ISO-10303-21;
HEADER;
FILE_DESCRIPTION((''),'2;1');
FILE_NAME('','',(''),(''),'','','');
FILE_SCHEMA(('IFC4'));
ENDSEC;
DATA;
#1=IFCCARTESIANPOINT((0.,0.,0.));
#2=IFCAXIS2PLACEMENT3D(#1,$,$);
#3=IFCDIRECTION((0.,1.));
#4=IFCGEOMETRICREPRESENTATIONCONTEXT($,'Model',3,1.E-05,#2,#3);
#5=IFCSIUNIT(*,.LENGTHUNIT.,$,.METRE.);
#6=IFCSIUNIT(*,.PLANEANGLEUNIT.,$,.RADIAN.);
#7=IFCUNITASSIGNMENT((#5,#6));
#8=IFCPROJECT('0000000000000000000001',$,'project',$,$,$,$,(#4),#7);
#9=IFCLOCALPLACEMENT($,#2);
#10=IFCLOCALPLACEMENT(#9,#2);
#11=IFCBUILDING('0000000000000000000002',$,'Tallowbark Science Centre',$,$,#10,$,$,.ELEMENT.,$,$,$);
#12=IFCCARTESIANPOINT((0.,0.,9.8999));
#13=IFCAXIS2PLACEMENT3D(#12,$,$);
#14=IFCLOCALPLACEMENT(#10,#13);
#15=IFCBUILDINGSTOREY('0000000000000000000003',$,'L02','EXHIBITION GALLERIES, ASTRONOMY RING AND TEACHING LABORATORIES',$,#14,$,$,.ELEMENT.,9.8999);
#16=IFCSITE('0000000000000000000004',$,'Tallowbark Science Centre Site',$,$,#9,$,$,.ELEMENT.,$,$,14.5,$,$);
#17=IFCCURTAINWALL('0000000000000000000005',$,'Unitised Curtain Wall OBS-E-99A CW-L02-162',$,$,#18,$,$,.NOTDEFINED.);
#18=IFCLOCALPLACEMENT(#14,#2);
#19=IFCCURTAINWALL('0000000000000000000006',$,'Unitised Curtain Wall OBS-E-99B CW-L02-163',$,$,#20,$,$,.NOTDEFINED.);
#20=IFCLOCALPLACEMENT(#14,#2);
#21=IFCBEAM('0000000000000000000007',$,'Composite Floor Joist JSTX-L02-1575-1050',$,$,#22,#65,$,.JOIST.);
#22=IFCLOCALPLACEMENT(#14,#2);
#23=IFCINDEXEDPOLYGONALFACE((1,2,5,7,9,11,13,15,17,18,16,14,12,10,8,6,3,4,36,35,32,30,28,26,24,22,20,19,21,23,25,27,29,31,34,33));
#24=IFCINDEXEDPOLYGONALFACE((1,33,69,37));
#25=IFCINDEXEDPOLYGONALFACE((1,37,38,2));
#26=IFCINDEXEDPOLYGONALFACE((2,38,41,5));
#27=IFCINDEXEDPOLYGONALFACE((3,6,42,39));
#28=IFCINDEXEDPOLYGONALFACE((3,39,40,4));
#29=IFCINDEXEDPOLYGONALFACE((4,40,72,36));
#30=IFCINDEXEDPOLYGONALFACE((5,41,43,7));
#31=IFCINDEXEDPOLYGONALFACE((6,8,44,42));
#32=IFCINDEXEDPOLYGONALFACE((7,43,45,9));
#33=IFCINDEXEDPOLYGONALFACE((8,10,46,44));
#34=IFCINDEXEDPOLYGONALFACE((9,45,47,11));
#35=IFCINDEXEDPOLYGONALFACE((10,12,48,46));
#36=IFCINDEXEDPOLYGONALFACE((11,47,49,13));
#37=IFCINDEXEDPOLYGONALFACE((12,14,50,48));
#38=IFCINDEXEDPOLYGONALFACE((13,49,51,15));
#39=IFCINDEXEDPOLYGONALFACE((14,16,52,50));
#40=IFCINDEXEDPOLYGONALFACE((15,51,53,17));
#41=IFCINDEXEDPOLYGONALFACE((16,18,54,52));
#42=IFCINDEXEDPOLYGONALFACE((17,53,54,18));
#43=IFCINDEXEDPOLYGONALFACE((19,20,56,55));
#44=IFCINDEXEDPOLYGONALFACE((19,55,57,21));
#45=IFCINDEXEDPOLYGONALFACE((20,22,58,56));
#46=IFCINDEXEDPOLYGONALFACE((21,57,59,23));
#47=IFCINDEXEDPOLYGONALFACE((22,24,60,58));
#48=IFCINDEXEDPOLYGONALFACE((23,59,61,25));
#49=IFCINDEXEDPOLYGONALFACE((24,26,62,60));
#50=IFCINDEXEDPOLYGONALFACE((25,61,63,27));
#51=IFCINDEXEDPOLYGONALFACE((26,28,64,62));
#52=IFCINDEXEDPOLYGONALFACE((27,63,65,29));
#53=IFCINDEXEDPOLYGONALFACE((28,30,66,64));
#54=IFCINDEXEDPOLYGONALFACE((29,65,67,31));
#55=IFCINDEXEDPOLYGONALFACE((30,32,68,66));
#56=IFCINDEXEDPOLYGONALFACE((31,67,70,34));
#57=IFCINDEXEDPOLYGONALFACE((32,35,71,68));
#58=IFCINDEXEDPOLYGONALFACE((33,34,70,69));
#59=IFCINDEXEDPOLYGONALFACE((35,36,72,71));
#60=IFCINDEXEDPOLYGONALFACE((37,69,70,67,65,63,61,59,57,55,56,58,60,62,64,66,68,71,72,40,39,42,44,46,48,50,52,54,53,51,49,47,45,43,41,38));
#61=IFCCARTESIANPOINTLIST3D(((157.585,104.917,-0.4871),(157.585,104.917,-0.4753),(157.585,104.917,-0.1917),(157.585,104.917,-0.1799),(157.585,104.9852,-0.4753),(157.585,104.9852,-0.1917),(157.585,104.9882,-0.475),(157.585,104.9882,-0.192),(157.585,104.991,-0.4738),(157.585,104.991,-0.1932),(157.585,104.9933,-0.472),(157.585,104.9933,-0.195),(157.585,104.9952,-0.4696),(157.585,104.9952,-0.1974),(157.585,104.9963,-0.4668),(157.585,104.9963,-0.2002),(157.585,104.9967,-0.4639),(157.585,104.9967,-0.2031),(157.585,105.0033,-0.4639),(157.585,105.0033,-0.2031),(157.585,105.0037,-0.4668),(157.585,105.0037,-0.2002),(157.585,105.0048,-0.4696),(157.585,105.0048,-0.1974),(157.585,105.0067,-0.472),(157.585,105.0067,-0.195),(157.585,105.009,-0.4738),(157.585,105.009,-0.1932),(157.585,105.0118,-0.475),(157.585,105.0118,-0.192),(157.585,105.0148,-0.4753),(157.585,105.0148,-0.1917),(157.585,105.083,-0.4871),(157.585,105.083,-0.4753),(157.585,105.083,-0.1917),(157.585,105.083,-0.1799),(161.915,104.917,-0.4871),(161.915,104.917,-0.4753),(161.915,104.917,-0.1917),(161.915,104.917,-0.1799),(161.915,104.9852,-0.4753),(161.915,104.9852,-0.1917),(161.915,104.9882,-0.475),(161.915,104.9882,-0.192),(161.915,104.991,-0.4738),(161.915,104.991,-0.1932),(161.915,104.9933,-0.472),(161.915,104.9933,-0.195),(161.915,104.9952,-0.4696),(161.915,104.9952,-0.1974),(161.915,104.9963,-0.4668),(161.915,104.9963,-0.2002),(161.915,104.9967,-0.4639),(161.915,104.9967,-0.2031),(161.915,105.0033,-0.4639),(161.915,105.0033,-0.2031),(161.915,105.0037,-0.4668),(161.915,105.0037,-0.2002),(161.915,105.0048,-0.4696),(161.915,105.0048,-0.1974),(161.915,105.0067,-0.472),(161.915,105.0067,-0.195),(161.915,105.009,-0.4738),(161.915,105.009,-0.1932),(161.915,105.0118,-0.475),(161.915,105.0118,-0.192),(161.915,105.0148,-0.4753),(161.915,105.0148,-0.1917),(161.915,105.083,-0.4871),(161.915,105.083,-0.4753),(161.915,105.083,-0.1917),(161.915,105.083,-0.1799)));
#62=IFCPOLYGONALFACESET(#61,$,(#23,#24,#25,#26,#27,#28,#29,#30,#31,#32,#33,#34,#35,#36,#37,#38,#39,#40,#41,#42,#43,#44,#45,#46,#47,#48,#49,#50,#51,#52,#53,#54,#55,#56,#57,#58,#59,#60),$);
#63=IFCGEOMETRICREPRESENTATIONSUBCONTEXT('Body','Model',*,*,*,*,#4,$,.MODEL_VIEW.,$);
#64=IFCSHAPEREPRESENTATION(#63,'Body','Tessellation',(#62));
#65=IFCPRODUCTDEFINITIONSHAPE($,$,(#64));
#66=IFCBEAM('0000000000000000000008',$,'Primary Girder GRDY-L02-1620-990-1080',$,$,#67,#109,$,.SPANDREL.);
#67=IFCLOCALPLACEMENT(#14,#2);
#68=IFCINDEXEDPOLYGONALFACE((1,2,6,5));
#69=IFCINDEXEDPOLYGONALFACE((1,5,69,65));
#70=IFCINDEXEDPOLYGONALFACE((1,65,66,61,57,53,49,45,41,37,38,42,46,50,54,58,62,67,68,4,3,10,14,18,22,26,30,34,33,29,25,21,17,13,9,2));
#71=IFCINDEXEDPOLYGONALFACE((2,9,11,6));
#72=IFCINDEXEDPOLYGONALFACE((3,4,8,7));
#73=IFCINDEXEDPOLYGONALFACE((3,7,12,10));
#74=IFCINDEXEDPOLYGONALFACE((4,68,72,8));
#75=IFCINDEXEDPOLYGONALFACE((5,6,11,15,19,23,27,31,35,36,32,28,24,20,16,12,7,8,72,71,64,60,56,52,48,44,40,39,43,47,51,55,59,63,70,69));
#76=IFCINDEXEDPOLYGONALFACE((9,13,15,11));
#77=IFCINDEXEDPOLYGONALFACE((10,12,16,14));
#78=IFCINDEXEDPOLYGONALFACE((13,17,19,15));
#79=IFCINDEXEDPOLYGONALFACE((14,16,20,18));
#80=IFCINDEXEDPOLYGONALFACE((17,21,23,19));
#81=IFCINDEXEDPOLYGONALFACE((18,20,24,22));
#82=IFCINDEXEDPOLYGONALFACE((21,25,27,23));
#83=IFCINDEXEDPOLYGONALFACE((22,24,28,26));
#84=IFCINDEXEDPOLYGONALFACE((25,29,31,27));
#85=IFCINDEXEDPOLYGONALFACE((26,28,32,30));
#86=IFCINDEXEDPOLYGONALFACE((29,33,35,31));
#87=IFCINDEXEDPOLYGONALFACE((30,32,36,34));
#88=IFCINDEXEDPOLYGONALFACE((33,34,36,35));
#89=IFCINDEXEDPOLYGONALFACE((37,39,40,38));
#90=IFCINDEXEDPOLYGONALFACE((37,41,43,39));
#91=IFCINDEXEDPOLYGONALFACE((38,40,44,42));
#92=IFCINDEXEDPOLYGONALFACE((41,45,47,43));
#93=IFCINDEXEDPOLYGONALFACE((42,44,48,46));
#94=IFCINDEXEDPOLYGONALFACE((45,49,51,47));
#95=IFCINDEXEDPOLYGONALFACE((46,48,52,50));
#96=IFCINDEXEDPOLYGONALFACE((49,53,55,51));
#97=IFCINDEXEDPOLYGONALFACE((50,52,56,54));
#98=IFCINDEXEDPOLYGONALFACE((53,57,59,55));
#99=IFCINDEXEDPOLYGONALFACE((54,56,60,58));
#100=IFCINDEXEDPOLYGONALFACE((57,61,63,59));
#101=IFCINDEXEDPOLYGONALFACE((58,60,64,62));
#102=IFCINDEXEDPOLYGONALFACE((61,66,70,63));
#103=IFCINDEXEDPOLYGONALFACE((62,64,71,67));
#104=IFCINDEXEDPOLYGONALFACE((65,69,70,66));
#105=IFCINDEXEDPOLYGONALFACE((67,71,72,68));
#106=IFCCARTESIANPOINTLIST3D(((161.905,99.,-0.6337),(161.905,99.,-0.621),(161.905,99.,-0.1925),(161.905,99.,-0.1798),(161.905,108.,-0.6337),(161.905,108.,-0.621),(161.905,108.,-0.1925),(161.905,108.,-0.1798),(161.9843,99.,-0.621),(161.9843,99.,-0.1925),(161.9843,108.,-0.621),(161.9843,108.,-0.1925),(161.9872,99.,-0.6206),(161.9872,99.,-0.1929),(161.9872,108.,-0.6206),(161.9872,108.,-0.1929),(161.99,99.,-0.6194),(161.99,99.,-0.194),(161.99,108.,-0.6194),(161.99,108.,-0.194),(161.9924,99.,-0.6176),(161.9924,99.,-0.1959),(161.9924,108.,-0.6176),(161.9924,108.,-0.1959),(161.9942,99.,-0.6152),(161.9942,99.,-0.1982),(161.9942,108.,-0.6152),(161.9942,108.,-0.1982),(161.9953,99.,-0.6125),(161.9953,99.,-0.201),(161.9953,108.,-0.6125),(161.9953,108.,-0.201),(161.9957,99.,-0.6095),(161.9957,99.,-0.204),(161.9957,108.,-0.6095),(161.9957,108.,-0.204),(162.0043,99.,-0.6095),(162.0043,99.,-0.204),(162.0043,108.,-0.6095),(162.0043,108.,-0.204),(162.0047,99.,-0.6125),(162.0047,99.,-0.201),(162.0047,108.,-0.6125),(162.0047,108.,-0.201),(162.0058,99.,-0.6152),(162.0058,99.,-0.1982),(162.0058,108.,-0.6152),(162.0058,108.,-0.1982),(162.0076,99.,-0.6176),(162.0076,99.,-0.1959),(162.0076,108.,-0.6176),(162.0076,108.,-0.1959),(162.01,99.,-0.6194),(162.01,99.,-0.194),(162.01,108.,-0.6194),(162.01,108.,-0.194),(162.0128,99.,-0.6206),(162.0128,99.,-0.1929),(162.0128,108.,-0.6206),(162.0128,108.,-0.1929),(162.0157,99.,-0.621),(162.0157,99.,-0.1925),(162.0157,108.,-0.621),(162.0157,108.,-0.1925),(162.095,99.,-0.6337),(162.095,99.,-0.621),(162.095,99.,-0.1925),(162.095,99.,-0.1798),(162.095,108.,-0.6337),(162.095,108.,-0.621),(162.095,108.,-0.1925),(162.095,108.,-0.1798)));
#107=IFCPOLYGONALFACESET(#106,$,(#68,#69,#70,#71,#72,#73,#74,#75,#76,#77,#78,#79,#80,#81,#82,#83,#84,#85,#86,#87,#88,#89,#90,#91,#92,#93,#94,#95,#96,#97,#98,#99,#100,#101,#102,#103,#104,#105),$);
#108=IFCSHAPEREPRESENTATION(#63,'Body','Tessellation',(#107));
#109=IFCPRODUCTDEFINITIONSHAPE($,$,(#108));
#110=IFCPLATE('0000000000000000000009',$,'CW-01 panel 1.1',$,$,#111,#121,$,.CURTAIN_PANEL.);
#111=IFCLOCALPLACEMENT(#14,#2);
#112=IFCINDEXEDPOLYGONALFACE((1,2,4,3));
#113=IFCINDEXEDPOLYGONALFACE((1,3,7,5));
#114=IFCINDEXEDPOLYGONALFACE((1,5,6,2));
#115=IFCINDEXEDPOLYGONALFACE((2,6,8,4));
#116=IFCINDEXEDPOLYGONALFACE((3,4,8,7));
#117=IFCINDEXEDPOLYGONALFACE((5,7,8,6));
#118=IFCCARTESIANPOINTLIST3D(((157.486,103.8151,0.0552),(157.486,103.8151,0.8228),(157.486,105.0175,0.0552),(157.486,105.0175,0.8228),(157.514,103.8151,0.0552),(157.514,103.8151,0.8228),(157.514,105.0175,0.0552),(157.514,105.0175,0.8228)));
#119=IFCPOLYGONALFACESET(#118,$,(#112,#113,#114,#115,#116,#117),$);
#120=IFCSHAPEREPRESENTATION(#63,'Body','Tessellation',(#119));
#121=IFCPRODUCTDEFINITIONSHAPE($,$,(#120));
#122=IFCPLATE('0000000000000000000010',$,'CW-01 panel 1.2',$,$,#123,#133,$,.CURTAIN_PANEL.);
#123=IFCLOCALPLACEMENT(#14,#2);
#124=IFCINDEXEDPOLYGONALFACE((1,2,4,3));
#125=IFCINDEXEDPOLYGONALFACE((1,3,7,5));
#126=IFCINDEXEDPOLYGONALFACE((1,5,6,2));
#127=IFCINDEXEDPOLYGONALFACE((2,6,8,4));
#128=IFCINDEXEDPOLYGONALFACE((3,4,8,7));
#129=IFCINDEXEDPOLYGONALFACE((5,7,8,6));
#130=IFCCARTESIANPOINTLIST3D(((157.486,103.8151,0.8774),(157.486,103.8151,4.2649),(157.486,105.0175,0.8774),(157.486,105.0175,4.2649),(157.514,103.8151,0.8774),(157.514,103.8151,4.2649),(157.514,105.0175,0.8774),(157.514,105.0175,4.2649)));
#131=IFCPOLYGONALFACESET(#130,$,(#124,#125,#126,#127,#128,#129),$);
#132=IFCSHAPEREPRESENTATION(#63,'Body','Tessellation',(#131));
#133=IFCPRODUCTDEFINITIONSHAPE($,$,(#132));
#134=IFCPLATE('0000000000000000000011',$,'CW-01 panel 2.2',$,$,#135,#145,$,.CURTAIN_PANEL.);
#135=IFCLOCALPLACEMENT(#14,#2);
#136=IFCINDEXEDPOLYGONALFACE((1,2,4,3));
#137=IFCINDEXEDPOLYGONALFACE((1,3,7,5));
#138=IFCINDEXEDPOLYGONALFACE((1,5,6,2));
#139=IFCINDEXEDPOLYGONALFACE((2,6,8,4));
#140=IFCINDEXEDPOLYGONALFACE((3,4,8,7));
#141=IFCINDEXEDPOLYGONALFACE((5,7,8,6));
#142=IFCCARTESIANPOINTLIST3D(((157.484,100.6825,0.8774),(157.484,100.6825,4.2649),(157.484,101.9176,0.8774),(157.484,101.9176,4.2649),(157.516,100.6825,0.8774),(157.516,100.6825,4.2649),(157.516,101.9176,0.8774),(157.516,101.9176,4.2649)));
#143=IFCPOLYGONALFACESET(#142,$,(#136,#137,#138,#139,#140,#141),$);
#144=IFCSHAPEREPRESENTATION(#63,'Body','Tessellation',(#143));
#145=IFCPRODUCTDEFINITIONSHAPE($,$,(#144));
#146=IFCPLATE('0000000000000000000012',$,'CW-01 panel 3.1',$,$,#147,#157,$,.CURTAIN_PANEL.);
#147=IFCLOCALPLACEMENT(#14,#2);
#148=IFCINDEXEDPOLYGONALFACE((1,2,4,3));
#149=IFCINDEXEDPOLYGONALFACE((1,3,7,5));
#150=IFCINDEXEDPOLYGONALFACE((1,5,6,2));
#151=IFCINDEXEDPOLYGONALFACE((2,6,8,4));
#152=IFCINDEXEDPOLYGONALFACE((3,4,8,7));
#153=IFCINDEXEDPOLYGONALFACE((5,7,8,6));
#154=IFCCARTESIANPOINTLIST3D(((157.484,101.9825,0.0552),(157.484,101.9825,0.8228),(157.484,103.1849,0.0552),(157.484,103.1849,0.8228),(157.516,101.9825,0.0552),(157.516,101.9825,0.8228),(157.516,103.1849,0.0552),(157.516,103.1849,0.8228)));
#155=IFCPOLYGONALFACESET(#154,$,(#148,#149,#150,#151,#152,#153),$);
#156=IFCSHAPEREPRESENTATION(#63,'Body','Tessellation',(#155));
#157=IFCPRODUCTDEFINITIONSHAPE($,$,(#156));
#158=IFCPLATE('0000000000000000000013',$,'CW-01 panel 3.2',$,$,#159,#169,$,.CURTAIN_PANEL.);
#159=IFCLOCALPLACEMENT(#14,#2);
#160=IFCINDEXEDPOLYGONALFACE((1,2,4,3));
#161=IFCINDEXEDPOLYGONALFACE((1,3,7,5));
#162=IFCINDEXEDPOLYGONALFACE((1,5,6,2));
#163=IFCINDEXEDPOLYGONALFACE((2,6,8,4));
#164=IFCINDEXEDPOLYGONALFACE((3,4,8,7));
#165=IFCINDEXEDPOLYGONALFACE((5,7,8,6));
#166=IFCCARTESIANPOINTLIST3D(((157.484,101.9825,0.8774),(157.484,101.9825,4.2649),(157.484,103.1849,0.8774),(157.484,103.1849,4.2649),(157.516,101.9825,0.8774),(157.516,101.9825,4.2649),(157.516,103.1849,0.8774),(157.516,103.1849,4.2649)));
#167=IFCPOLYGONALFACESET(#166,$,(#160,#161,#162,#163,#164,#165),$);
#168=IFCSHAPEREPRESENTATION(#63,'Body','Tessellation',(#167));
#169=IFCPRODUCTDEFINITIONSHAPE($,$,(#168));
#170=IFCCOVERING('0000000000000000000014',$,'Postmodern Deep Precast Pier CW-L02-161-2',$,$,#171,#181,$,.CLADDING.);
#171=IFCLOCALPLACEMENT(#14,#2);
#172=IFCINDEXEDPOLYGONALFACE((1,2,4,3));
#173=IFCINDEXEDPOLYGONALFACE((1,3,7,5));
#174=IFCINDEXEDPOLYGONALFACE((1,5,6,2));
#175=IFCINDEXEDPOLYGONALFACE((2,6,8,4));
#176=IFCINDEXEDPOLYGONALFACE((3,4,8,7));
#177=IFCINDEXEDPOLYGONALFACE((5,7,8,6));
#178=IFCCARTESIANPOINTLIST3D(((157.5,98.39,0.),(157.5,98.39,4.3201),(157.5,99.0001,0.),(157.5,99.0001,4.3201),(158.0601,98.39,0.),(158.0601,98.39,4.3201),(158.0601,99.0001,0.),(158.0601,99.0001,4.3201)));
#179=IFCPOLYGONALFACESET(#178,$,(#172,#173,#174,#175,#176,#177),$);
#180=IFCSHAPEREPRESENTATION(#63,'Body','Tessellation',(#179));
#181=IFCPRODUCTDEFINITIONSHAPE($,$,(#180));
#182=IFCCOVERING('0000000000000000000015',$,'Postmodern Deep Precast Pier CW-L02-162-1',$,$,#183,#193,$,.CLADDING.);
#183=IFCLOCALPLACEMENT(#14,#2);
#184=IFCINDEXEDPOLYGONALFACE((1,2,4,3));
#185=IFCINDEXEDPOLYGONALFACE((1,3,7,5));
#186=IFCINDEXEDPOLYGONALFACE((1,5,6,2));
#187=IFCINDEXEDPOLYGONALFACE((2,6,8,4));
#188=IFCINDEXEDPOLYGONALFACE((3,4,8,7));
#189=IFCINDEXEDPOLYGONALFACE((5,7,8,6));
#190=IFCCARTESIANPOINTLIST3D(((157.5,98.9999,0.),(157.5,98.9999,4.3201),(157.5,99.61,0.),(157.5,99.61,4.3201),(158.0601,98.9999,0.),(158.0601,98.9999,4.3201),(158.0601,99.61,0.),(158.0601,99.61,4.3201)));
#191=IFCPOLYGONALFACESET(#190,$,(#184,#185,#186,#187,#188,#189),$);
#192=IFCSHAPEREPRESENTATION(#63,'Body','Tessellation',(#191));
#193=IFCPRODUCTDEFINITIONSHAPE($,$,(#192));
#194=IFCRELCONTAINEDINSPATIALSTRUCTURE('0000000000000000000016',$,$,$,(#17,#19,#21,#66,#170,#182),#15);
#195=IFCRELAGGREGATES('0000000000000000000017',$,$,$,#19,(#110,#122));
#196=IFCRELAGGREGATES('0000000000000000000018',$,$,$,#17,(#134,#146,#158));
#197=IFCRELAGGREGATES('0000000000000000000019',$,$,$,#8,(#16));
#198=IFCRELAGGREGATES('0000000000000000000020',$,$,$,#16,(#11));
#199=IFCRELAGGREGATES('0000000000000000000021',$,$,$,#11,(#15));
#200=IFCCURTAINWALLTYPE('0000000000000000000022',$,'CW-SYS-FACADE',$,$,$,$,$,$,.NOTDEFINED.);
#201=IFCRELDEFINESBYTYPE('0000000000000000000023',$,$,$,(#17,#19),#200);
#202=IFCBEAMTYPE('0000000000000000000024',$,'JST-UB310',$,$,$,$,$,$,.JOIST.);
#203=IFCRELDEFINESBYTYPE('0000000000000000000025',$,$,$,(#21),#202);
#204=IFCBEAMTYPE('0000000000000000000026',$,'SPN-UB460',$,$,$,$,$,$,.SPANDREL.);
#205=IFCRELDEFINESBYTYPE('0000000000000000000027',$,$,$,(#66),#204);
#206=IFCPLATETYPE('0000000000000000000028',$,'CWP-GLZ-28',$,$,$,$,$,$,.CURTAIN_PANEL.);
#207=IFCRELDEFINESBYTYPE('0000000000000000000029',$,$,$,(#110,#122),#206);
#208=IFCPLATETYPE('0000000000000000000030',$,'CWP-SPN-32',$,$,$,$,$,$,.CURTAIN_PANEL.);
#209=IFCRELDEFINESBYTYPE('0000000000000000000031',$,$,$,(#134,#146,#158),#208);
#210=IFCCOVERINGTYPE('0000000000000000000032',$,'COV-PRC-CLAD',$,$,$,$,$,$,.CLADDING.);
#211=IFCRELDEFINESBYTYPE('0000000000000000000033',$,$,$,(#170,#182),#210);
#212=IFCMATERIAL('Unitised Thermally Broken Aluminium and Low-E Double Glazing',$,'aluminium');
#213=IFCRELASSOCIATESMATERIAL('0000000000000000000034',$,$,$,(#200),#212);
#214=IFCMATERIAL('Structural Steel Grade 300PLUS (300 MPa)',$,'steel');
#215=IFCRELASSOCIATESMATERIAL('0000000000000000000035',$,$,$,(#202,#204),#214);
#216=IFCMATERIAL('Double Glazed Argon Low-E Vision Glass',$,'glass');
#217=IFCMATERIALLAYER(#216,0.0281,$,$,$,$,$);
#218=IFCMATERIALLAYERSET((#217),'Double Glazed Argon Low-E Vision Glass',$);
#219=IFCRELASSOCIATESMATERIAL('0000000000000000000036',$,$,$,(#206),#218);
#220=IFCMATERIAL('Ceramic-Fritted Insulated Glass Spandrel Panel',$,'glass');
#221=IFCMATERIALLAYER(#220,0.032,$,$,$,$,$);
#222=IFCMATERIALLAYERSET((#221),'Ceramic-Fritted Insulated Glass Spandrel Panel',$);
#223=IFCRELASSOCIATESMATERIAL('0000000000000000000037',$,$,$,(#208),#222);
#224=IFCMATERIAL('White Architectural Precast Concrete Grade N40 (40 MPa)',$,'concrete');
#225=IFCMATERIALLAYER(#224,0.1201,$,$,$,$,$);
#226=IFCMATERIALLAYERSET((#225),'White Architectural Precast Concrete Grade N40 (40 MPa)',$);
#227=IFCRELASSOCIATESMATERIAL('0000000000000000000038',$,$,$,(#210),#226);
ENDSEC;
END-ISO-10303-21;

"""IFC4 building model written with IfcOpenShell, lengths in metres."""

from ifc_helpers import new_model, si_unit, direction, frame, origin, origin_2d, place, context, subcontext, project, spatial, rectangle, i_section, extrude, material, layer, layer_set, material_profile, profile_set, type_object, element, aggregate, save


model = new_model("IFC4")

# Units and contexts
model_context = context("Model", 3, precision=1e-05, world=origin(), true_north=direction((0.0, 1.0)))
body_context = subcontext(model_context, "Body", "Model", "MODEL_VIEW")
ifc_project = project(units=[si_unit("LENGTHUNIT", "METRE"), si_unit("PLANEANGLEUNIT", "RADIAN")], contexts=[model_context])

# Site, building, storey
site_placement = place(None, origin())
site = spatial("IfcSite", under=ifc_project, at=site_placement, Name="Tallowbark Science Centre Site", CompositionType="ELEMENT", RefElevation=14.5)
building_placement = place(site_placement, origin())
building = spatial("IfcBuilding", under=site, at=building_placement, Name="Tallowbark Science Centre", CompositionType="ELEMENT")
storey_placement = place(building_placement, frame((0.0, 0.0, 9.8999)))
storey = spatial("IfcBuildingStorey", under=building, at=storey_placement, Name="L02", Description="EXHIBITION GALLERIES, ASTRONOMY RING AND TEACHING LABORATORIES", CompositionType="ELEMENT", Elevation=9.8999)

# Curtain wall
ifc_material_1 = material(Name="Unitised Thermally Broken Aluminium and Low-E Double Glazing", Category="aluminium")
curtain_wall_type = type_object("IfcCurtainWallType", Name="CW-SYS-FACADE", PredefinedType="NOTDEFINED", material=ifc_material_1)
curtain_wall_1_placement = place(storey_placement, origin())
curtain_wall_1 = element("IfcCurtainWall", 1, at=curtain_wall_1_placement, inside=storey, type_object=curtain_wall_type, Name="Unitised Curtain Wall OBS-E-99A CW-L02-162", PredefinedType="NOTDEFINED")

# Curtain wall
curtain_wall_2_placement = place(storey_placement, origin())
curtain_wall_2 = element("IfcCurtainWall", 2, at=curtain_wall_2_placement, inside=storey, type_object=curtain_wall_type, Name="Unitised Curtain Wall OBS-E-99B CW-L02-163", PredefinedType="NOTDEFINED")

# Beams
ifc_material_2 = material(Name="Structural Steel Grade 300PLUS (300 MPa)", Category="steel")
ifc_material_profile_1 = material_profile(ifc_material_2, i_section(OverallWidth=0.166, OverallDepth=0.3071, WebThickness=0.0066, FlangeThickness=0.0117, FilletRadius=0.0115, at=origin_2d()), Name="310UB46.2")
ifc_profile_set_1 = profile_set([ifc_material_profile_1], Name="Structural Steel Grade 300PLUS (300 MPa)")
beam_type_1 = type_object("IfcBeamType", Name="JST-UB310", PredefinedType="JOIST", material=ifc_profile_set_1)
for number, where, z_axis, x_axis, name in (
    (3, (157.585, 105.0, -0.3335), (1.0, 0.0, 0.0), (0.0, 1.0, 0.0), "Composite Floor Joist JSTX-L02-1575-1050"),
):
    element("IfcBeam", number, at=place(storey_placement, frame(where, z_axis=z_axis, x_axis=x_axis)), inside=storey, type_object=beam_type_1, Name=name, PredefinedType="JOIST", context=body_context, shape_type="SweptSolid", body=[
        extrude(i_section(OverallWidth=0.166, OverallDepth=0.3071, WebThickness=0.0066, FlangeThickness=0.0117, FilletRadius=0.0115, at=origin_2d()), origin(), (0.0, 0.0, 1.0), 4.3301),
    ])
ifc_material_profile_2 = material_profile(ifc_material_2, i_section(OverallWidth=0.1899, OverallDepth=0.4539, WebThickness=0.0085, FlangeThickness=0.0127, FilletRadius=0.0115, at=origin_2d()), Name="460UB67.1")
ifc_profile_set_2 = profile_set([ifc_material_profile_2], Name="Structural Steel Grade 300PLUS (300 MPa)")
beam_type_2 = type_object("IfcBeamType", Name="SPN-UB460", PredefinedType="SPANDREL", material=ifc_profile_set_2)
beam_placement = place(storey_placement, frame((162.0, 99.0, -0.4067), z_axis=(0.0, 1.0, 0.0), x_axis=(-1.0, 0.0, 0.0)))
element("IfcBeam", 4, at=beam_placement, inside=storey, type_object=beam_type_2, Name="Primary Girder GRDY-L02-1620-990-1080", PredefinedType="SPANDREL", context=body_context, shape_type="SweptSolid", body=[
    extrude(i_section(OverallWidth=0.1899, OverallDepth=0.4539, WebThickness=0.0085, FlangeThickness=0.0127, FilletRadius=0.0115, at=origin_2d()), origin(), (0.0, 0.0, 1.0), 9.0),
])

# Plates
ifc_material_3 = material(Name="Double Glazed Argon Low-E Vision Glass", Category="glass")
ifc_layer_1 = layer(ifc_material_3, 0.0281)
ifc_layer_set_1 = layer_set([ifc_layer_1], Name="Double Glazed Argon Low-E Vision Glass")
plate_type_1 = type_object("IfcPlateType", Name="CWP-GLZ-28", PredefinedType="CURTAIN_PANEL", material=ifc_layer_set_1)
plate_1_placement = place(storey_placement, frame((157.5, 104.4163, 0.0552), z_axis=(0.0, 0.0, 1.0), x_axis=(0.0, 1.0, 0.0)))
plate_1 = element("IfcPlate", 5, at=plate_1_placement, type_object=plate_type_1, Name="CW-01 panel 1.1", PredefinedType="CURTAIN_PANEL", context=body_context, shape_type="SweptSolid", body=[
    extrude(rectangle(XDim=1.2024, YDim=0.0281, at=origin_2d()), origin(), (0.0, 0.0, 1.0), 0.7676),
])
plate_2_placement = place(storey_placement, frame((157.5, 104.4163, 0.8774), z_axis=(0.0, 0.0, 1.0), x_axis=(0.0, 1.0, 0.0)))
plate_2 = element("IfcPlate", 6, at=plate_2_placement, type_object=plate_type_1, Name="CW-01 panel 1.2", PredefinedType="CURTAIN_PANEL", context=body_context, shape_type="SweptSolid", body=[
    extrude(rectangle(XDim=1.2024, YDim=0.0281, at=origin_2d()), origin(), (0.0, 0.0, 1.0), 3.3875),
])
aggregate(curtain_wall_2, [plate_1, plate_2])
ifc_material_4 = material(Name="Ceramic-Fritted Insulated Glass Spandrel Panel", Category="glass")
ifc_layer_2 = layer(ifc_material_4, 0.032)
ifc_layer_set_2 = layer_set([ifc_layer_2], Name="Ceramic-Fritted Insulated Glass Spandrel Panel")
plate_type_2 = type_object("IfcPlateType", Name="CWP-SPN-32", PredefinedType="CURTAIN_PANEL", material=ifc_layer_set_2)
plate_3_placement = place(storey_placement, frame((157.5, 101.3, 0.8774), z_axis=(0.0, 0.0, 1.0), x_axis=(0.0, 1.0, 0.0)))
plate_3 = element("IfcPlate", 7, at=plate_3_placement, type_object=plate_type_2, Name="CW-01 panel 2.2", PredefinedType="CURTAIN_PANEL", context=body_context, shape_type="SweptSolid", body=[
    extrude(rectangle(XDim=1.2351, YDim=0.032, at=origin_2d()), origin(), (0.0, 0.0, 1.0), 3.3875),
])
plate_4_placement = place(storey_placement, frame((157.5, 102.5837, 0.0552), z_axis=(0.0, 0.0, 1.0), x_axis=(0.0, 1.0, 0.0)))
plate_4 = element("IfcPlate", 8, at=plate_4_placement, type_object=plate_type_2, Name="CW-01 panel 3.1", PredefinedType="CURTAIN_PANEL", context=body_context, shape_type="SweptSolid", body=[
    extrude(rectangle(XDim=1.2024, YDim=0.032, at=origin_2d()), origin(), (0.0, 0.0, 1.0), 0.7676),
])
plate_5_placement = place(storey_placement, frame((157.5, 102.5837, 0.8774), z_axis=(0.0, 0.0, 1.0), x_axis=(0.0, 1.0, 0.0)))
plate_5 = element("IfcPlate", 9, at=plate_5_placement, type_object=plate_type_2, Name="CW-01 panel 3.2", PredefinedType="CURTAIN_PANEL", context=body_context, shape_type="SweptSolid", body=[
    extrude(rectangle(XDim=1.2024, YDim=0.032, at=origin_2d()), origin(), (0.0, 0.0, 1.0), 3.3875),
])
aggregate(curtain_wall_1, [plate_3, plate_4, plate_5])

# Coverings
ifc_material_5 = material(Name="White Architectural Precast Concrete Grade N40 (40 MPa)", Category="concrete")
ifc_layer_3 = layer(ifc_material_5, 0.1201)
ifc_layer_set_3 = layer_set([ifc_layer_3], Name="White Architectural Precast Concrete Grade N40 (40 MPa)")
covering_type_1 = type_object("IfcCoveringType", Name="COV-PRC-CLAD", PredefinedType="CLADDING", material=ifc_layer_set_3)
for number, where, z_axis, x_axis, name in (
    (10, (157.78, 98.6951, 0.0), (0.0, 0.0, 1.0), (0.0, 1.0, 0.0), "Postmodern Deep Precast Pier CW-L02-161-2"),
    (11, (157.78, 99.3049, 0.0), (0.0, 0.0, 1.0), (0.0, 1.0, 0.0), "Postmodern Deep Precast Pier CW-L02-162-1"),
):
    element("IfcCovering", number, at=place(storey_placement, frame(where, z_axis=z_axis, x_axis=x_axis)), inside=storey, type_object=covering_type_1, Name=name, PredefinedType="CLADDING", context=body_context, shape_type="SweptSolid", body=[
        extrude(rectangle(XDim=0.6101, YDim=0.5601, at=origin_2d()), origin(), (0.0, 0.0, 1.0), 4.3201),
    ])

save(model, "model.ifc")
